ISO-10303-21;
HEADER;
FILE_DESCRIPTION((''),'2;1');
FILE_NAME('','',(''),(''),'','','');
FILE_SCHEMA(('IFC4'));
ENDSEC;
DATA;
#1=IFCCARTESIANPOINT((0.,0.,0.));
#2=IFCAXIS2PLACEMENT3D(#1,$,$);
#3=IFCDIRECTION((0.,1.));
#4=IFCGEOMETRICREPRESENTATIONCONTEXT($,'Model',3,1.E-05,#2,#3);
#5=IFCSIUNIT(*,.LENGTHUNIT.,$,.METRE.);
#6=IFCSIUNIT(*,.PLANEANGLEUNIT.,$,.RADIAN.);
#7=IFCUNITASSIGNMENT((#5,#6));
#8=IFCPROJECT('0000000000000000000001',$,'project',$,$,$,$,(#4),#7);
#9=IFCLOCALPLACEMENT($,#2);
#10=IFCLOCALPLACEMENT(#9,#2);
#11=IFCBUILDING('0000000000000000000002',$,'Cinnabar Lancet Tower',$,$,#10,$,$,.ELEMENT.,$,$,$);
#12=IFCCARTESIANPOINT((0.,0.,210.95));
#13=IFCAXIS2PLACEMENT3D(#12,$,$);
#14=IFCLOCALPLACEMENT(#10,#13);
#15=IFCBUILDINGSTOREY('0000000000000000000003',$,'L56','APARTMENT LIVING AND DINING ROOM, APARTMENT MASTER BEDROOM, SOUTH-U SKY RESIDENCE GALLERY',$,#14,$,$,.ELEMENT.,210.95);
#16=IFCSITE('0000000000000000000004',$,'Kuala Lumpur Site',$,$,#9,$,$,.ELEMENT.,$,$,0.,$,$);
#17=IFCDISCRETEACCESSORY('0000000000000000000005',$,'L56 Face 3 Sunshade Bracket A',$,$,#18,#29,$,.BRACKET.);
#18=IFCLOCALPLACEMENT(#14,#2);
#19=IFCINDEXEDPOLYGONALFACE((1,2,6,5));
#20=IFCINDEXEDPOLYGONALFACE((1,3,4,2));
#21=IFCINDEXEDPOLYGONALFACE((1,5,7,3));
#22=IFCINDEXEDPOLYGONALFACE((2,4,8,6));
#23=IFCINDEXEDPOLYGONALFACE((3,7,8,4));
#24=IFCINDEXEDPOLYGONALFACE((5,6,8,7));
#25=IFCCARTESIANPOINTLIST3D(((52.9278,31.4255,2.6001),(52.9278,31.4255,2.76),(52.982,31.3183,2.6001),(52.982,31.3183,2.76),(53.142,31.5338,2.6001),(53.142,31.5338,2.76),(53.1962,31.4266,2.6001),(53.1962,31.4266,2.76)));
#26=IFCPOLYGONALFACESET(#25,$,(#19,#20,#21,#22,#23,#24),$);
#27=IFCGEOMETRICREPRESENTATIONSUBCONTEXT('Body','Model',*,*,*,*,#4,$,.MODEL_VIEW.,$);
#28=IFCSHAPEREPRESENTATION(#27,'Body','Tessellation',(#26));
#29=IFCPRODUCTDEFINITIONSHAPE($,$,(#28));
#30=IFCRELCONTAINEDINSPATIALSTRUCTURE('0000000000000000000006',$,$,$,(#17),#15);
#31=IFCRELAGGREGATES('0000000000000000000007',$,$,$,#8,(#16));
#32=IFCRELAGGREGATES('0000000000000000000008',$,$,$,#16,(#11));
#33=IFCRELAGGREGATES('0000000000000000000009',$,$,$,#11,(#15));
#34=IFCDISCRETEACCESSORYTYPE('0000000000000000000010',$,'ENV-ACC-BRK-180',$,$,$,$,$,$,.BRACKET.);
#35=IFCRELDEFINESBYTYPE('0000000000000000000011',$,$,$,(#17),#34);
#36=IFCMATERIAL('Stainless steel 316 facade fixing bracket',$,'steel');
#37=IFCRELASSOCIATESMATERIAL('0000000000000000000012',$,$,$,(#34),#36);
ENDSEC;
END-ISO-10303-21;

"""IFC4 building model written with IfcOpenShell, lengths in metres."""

from ifc_helpers import new_model, si_unit, direction, frame, origin, origin_2d, place, context, subcontext, project, spatial, rectangle, extrude, material, type_object, element, save


model = new_model("IFC4")

# Units and contexts
model_context = context("Model", 3, precision=1e-05, world=origin(), true_north=direction((0.0, 1.0)))
body_context = subcontext(model_context, "Body", "Model", "MODEL_VIEW")
ifc_project = project(units=[si_unit("LENGTHUNIT", "METRE"), si_unit("PLANEANGLEUNIT", "RADIAN")], contexts=[model_context])

# Site, building, storey
site_placement = place(None, origin())
site = spatial("IfcSite", under=ifc_project, at=site_placement, Name="Kuala Lumpur Site", CompositionType="ELEMENT", RefElevation=0.0)
building_placement = place(site_placement, origin())
building = spatial("IfcBuilding", under=site, at=building_placement, Name="Cinnabar Lancet Tower", CompositionType="ELEMENT")
storey_placement = place(building_placement, frame((0.0, 0.0, 210.95)))
storey = spatial("IfcBuildingStorey", under=building, at=storey_placement, Name="L56", Description="APARTMENT LIVING AND DINING ROOM, APARTMENT MASTER BEDROOM, SOUTH-U SKY RESIDENCE GALLERY", CompositionType="ELEMENT", Elevation=210.95)

# Discrete accessory
ifc_material_1 = material(Name="Stainless steel 316 facade fixing bracket", Category="steel")
discrete_accessory_type = type_object("IfcDiscreteAccessoryType", Name="ENV-ACC-BRK-180", PredefinedType="BRACKET", material=ifc_material_1)
discrete_accessory_placement = place(storey_placement, frame((53.062, 31.426, 2.6001), z_axis=(0.0, 0.0, 1.0), x_axis=(-0.451407, 0.892318, 0.0)))
element("IfcDiscreteAccessory", 1, at=discrete_accessory_placement, inside=storey, type_object=discrete_accessory_type, Name="L56 Face 3 Sunshade Bracket A", PredefinedType="BRACKET", context=body_context, shape_type="SweptSolid", body=[
    extrude(rectangle(XDim=0.1201, YDim=0.24, at=origin_2d()), origin(), (0.0, 0.0, 1.0), 0.1599),
])

save(model, "model.ifc")
